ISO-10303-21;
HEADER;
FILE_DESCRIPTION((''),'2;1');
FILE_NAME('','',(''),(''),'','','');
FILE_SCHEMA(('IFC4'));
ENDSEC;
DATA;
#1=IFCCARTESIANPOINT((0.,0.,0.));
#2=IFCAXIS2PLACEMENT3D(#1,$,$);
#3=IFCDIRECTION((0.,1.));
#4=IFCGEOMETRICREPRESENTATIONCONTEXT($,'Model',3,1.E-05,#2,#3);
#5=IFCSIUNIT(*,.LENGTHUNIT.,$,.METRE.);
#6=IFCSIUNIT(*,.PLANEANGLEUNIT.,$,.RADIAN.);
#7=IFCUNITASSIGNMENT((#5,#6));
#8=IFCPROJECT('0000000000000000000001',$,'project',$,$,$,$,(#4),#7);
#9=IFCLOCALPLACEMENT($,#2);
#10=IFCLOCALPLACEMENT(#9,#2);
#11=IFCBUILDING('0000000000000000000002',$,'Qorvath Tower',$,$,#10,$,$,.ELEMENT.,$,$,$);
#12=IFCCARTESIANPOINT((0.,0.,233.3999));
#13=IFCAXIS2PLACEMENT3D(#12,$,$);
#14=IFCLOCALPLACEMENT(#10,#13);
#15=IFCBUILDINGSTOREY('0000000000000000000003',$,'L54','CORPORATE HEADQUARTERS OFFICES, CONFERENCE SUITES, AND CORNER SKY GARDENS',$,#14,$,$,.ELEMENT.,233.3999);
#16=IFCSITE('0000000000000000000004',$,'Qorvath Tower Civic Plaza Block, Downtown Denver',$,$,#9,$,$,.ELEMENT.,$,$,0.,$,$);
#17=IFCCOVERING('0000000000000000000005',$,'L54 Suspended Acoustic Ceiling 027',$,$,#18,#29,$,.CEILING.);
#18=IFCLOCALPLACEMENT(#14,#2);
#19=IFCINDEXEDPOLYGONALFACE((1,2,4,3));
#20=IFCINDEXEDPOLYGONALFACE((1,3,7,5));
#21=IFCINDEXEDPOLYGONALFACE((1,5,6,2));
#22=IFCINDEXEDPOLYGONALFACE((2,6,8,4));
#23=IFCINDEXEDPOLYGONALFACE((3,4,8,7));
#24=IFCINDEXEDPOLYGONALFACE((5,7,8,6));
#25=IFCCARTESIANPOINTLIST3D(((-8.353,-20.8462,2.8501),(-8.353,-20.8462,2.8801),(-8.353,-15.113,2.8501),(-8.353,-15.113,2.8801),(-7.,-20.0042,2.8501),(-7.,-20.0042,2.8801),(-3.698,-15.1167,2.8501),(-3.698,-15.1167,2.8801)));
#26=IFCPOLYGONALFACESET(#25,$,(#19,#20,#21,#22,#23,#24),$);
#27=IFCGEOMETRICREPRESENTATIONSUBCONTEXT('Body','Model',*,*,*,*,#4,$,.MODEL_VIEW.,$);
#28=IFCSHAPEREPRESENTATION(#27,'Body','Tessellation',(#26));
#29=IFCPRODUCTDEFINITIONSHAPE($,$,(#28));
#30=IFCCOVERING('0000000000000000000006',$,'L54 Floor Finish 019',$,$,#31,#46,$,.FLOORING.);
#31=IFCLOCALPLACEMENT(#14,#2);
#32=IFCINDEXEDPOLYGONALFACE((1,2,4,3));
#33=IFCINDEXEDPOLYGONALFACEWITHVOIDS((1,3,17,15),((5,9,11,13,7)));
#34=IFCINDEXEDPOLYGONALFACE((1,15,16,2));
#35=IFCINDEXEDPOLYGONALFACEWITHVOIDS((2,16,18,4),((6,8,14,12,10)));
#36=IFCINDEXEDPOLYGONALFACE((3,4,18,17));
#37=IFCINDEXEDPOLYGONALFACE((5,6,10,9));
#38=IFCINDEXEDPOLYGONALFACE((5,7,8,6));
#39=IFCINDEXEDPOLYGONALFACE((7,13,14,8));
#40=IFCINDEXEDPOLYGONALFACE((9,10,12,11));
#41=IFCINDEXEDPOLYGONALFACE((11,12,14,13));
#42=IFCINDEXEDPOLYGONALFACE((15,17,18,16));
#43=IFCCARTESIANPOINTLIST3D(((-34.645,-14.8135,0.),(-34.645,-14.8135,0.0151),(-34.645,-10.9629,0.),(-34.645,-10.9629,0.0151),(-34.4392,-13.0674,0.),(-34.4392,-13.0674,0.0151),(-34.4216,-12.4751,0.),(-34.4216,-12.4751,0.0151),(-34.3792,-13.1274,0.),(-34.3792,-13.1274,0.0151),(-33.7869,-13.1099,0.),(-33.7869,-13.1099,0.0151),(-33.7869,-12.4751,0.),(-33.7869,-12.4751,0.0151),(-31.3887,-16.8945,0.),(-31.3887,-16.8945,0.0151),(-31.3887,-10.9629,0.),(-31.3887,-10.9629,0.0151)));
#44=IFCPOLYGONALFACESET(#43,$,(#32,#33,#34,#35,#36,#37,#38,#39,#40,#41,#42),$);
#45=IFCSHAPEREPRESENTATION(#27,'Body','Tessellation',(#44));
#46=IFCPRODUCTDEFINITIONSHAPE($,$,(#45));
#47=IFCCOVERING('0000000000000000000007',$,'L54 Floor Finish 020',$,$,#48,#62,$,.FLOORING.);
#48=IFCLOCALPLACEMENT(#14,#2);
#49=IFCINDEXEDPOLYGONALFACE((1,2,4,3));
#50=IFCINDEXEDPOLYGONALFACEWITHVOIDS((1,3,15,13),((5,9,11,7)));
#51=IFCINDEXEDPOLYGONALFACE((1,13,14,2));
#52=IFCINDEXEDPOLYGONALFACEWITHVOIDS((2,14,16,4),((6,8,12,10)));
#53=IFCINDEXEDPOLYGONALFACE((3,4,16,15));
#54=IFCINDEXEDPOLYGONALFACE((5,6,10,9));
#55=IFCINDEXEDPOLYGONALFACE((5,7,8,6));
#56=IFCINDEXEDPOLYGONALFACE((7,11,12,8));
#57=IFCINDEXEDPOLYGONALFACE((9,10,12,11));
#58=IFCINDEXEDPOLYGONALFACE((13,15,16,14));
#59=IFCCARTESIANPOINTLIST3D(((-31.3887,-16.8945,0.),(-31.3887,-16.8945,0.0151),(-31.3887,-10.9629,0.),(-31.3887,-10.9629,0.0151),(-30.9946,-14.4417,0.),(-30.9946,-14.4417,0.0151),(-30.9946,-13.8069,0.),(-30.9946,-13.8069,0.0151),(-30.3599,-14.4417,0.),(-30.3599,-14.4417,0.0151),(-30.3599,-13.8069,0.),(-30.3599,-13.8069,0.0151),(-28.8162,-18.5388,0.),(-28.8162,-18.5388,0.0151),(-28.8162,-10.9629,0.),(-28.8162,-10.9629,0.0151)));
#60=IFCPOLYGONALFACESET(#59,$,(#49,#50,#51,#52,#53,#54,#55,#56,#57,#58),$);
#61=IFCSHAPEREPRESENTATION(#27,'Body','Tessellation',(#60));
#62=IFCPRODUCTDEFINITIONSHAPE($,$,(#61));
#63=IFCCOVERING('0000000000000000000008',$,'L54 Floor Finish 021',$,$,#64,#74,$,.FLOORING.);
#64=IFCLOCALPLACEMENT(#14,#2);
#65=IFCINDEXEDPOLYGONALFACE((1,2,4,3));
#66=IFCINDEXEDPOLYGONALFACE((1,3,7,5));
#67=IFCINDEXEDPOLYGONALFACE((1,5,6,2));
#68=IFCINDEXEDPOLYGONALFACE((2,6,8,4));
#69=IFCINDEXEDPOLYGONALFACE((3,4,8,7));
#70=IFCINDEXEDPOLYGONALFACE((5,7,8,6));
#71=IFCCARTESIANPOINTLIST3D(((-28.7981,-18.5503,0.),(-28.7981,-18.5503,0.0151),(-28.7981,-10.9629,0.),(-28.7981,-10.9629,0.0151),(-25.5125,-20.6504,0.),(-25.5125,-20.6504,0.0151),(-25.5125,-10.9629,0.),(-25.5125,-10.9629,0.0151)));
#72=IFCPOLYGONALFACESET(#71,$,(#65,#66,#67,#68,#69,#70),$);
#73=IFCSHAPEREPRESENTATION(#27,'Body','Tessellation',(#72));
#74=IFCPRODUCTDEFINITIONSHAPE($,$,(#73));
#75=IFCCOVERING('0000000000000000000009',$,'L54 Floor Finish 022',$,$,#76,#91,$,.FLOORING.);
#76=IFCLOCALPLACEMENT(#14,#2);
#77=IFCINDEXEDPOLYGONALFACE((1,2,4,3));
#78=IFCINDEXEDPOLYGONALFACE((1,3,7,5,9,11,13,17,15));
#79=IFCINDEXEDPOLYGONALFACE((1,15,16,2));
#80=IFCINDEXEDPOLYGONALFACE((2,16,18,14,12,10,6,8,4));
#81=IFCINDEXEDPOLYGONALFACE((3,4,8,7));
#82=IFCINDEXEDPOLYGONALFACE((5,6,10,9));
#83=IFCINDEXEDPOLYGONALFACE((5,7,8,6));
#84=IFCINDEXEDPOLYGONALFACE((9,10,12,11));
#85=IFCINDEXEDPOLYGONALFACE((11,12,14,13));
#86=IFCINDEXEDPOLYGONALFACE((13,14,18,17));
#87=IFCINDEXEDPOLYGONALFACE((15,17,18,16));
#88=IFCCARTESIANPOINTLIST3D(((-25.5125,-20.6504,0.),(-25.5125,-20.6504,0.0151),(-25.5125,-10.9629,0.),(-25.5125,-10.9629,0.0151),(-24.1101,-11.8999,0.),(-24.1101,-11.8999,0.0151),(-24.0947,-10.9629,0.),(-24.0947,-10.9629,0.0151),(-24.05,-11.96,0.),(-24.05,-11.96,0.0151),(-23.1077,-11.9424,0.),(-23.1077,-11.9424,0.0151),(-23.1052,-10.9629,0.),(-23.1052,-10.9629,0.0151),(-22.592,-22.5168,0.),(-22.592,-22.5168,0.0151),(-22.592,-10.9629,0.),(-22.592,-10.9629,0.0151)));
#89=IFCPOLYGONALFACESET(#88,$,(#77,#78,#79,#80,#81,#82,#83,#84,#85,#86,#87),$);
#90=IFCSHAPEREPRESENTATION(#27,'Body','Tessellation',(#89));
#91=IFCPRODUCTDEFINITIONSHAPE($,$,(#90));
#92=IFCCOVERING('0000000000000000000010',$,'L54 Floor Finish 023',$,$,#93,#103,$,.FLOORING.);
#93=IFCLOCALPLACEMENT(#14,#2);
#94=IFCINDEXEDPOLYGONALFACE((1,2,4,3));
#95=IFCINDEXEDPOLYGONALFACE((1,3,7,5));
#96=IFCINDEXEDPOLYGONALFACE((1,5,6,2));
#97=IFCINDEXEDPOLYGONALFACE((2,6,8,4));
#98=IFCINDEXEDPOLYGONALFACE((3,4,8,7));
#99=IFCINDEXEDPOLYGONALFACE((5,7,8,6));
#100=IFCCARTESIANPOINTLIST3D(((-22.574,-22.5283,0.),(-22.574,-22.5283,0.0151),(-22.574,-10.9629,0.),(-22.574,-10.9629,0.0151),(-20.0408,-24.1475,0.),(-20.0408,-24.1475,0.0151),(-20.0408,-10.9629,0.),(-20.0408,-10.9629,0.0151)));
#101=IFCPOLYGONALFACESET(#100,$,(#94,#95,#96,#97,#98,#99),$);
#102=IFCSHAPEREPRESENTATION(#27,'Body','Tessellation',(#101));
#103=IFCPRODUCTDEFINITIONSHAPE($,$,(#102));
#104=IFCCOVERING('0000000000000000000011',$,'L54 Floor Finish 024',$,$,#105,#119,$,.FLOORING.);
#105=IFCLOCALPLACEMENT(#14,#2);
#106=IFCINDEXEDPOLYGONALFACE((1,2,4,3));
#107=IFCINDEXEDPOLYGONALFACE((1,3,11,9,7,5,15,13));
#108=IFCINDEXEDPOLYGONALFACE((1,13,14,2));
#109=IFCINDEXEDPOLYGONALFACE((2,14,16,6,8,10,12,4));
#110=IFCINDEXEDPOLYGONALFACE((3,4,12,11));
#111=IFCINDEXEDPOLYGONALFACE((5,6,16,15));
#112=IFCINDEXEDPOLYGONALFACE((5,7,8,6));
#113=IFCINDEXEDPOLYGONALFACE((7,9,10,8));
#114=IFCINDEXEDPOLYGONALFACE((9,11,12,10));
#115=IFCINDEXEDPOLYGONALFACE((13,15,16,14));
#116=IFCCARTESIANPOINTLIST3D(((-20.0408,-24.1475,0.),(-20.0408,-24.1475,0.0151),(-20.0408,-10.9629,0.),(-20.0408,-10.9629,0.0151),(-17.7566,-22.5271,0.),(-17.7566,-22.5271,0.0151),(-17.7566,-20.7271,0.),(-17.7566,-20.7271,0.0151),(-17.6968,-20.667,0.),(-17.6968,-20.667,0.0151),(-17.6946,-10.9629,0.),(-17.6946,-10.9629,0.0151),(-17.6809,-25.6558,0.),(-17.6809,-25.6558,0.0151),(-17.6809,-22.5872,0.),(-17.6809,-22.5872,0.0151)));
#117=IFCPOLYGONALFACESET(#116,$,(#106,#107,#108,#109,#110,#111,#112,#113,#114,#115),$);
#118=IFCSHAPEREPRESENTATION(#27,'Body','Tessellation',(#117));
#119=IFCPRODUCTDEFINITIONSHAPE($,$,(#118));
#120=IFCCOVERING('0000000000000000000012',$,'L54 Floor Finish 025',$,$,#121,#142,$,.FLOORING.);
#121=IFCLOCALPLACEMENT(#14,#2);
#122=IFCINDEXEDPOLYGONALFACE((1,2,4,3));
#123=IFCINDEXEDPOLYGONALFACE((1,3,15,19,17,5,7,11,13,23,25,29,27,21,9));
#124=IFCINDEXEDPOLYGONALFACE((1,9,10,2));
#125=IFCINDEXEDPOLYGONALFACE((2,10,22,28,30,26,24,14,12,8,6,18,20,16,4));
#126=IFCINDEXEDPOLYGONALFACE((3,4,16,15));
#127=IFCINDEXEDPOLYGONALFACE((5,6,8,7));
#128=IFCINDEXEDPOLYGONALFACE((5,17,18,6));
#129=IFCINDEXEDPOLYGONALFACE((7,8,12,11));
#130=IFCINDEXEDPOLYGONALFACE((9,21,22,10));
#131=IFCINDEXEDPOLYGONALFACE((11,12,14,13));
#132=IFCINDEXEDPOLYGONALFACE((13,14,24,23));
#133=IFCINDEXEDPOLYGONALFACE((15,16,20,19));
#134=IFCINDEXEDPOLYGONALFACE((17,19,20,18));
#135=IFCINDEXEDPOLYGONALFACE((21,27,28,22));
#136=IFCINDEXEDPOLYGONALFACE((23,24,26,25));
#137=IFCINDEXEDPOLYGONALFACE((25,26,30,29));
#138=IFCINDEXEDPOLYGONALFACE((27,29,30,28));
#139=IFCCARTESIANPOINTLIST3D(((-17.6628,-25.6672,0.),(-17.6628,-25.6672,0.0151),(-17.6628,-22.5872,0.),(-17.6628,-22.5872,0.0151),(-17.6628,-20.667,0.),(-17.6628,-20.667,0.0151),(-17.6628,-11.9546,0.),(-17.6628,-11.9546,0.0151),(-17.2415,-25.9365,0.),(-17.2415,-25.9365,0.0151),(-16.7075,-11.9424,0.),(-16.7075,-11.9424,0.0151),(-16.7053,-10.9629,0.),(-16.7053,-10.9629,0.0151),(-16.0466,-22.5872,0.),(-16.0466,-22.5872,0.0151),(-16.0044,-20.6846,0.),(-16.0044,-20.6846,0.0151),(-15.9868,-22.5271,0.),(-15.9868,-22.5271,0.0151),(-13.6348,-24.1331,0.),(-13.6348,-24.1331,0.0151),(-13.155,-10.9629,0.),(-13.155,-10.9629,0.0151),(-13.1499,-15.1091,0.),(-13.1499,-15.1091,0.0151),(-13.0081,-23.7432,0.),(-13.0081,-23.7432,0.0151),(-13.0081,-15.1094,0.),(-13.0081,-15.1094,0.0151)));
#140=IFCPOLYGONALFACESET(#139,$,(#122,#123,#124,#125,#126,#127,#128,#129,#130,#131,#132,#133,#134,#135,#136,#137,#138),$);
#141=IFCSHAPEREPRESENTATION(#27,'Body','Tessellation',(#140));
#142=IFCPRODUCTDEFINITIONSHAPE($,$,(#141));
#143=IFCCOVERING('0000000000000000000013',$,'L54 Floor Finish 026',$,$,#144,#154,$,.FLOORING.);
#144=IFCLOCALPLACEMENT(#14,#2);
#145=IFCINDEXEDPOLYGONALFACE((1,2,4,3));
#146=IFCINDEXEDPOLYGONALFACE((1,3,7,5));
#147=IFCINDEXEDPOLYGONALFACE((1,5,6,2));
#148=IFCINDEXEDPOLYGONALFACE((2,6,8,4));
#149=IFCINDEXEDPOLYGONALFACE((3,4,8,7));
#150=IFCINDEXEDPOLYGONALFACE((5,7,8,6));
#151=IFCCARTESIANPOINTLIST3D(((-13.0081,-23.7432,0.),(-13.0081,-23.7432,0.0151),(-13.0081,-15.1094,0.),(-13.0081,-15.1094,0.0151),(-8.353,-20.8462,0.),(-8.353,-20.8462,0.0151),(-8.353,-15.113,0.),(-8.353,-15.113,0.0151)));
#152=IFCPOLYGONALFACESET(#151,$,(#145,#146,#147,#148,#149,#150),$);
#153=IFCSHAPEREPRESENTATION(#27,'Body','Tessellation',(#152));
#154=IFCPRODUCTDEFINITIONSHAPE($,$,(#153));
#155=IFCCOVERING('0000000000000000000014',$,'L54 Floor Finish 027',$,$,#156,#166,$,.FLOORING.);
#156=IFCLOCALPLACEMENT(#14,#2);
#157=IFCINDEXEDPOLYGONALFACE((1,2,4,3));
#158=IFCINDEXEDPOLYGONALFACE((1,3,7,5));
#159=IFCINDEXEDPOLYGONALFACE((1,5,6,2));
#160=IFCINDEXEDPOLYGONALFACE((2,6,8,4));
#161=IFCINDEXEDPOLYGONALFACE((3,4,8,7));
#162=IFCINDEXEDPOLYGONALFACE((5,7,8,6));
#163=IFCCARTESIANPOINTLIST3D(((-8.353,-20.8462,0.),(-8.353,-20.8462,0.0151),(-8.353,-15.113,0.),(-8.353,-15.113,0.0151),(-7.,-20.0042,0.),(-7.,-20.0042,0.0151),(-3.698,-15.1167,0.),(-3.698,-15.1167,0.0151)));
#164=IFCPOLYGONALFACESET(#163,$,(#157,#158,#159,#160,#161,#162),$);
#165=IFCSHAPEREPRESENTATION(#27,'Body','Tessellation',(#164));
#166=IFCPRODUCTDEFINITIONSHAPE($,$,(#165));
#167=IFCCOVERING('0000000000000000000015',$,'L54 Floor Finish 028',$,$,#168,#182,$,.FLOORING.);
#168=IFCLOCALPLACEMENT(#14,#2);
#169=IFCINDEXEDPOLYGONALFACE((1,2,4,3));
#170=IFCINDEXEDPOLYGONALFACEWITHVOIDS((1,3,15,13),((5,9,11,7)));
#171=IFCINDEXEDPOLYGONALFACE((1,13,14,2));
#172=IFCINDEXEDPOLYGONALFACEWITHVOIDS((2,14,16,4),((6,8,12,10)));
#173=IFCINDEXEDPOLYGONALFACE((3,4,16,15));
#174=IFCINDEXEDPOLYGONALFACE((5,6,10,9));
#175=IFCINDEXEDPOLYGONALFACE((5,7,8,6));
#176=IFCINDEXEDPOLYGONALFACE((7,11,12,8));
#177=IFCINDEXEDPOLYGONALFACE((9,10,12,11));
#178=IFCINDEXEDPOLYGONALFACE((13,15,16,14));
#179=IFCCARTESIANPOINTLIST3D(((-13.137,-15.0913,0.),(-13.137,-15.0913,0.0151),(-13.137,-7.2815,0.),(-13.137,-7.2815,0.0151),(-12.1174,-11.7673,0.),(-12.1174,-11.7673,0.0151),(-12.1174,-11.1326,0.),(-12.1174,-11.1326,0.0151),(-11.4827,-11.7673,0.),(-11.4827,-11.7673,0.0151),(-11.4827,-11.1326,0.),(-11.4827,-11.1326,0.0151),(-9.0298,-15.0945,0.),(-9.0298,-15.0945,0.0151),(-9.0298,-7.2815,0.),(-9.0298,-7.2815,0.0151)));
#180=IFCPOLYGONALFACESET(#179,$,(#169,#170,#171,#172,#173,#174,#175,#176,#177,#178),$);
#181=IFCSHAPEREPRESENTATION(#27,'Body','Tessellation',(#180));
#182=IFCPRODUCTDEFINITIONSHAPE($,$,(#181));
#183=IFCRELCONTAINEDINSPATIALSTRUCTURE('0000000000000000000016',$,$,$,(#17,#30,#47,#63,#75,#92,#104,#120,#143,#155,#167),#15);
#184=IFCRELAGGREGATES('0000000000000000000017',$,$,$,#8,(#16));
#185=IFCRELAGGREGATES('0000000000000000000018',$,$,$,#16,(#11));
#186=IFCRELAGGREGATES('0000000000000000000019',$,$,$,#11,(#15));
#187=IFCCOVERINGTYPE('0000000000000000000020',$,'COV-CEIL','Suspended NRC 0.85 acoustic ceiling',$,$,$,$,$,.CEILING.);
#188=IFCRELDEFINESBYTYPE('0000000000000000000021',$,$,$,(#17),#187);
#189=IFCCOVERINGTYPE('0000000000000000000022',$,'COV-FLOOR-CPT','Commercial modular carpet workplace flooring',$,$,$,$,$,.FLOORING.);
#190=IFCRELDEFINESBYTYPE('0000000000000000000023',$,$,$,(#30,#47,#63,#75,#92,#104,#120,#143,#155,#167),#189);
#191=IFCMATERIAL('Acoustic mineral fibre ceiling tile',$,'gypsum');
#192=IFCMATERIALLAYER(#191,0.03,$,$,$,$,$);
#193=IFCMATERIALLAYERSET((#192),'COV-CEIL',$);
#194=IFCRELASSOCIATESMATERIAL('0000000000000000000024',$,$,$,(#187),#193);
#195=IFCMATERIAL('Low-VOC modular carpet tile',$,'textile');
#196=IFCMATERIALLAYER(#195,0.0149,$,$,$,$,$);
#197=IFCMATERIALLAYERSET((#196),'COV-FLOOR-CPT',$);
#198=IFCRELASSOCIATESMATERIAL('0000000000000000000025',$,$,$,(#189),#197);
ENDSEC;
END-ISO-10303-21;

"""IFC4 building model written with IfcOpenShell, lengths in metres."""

from ifc_helpers import new_model, si_unit, direction, frame, origin, place, context, subcontext, project, spatial, polyline, outline, extrude, material, layer, layer_set, type_object, element, save


model = new_model("IFC4")

# Units and contexts
model_context = context("Model", 3, precision=1e-05, world=origin(), true_north=direction((0.0, 1.0)))
body_context = subcontext(model_context, "Body", "Model", "MODEL_VIEW")
ifc_project = project(units=[si_unit("LENGTHUNIT", "METRE"), si_unit("PLANEANGLEUNIT", "RADIAN")], contexts=[model_context])

# Site, building, storey
site_placement = place(None, origin())
site = spatial("IfcSite", under=ifc_project, at=site_placement, Name="Qorvath Tower Civic Plaza Block, Downtown Denver", CompositionType="ELEMENT", RefElevation=0.0)
building_placement = place(site_placement, origin())
building = spatial("IfcBuilding", under=site, at=building_placement, Name="Qorvath Tower", CompositionType="ELEMENT")
storey_placement = place(building_placement, frame((0.0, 0.0, 233.3999)))
storey = spatial("IfcBuildingStorey", under=building, at=storey_placement, Name="L54", Description="CORPORATE HEADQUARTERS OFFICES, CONFERENCE SUITES, AND CORNER SKY GARDENS", CompositionType="ELEMENT", Elevation=233.3999)

# Coverings
ifc_material_1 = material(Name="Acoustic mineral fibre ceiling tile", Category="gypsum")
ifc_layer_1 = layer(ifc_material_1, 0.03)
ifc_layer_set_1 = layer_set([ifc_layer_1], Name="COV-CEIL")
covering_type_1 = type_object("IfcCoveringType", Name="COV-CEIL", Description="Suspended NRC 0.85 acoustic ceiling", PredefinedType="CEILING", material=ifc_layer_set_1)
covering_1_placement = place(storey_placement, frame((0.0, 0.0, 2.8501)))
element("IfcCovering", 1, at=covering_1_placement, inside=storey, type_object=covering_type_1, Name="L54 Suspended Acoustic Ceiling 027", PredefinedType="CEILING", context=body_context, shape_type="SweptSolid", body=[
    extrude(outline(polyline([(-8.353, -15.113), (-8.353, -20.8462), (-7.0, -20.0042), (-3.698, -15.1167), (-8.353, -15.113)])), origin(), (0.0, 0.0, 1.0), 0.03),
])
ifc_material_2 = material(Name="Low-VOC modular carpet tile", Category="textile")
ifc_layer_2 = layer(ifc_material_2, 0.0149)
ifc_layer_set_2 = layer_set([ifc_layer_2], Name="COV-FLOOR-CPT")
covering_type_2 = type_object("IfcCoveringType", Name="COV-FLOOR-CPT", Description="Commercial modular carpet workplace flooring", PredefinedType="FLOORING", material=ifc_layer_set_2)
covering_2_placement = place(storey_placement, origin())
element("IfcCovering", 2, at=covering_2_placement, inside=storey, type_object=covering_type_2, Name="L54 Floor Finish 019", PredefinedType="FLOORING", context=body_context, shape_type="SweptSolid", body=[
    extrude(outline(polyline([(-34.645, -10.9629), (-34.645, -14.8135), (-31.3887, -16.8945), (-31.3887, -10.9629), (-34.645, -10.9629)]), holes=[polyline([(-34.4392, -13.0674), (-34.4216, -12.4751), (-33.7869, -12.4751), (-33.7869, -13.1099), (-34.3792, -13.1274), (-34.4392, -13.0674)])]), origin(), (0.0, 0.0, 1.0), 0.0151),
])
covering_3_placement = place(storey_placement, origin())
element("IfcCovering", 3, at=covering_3_placement, inside=storey, type_object=covering_type_2, Name="L54 Floor Finish 020", PredefinedType="FLOORING", context=body_context, shape_type="SweptSolid", body=[
    extrude(outline(polyline([(-31.3887, -10.9629), (-31.3887, -16.8945), (-28.8162, -18.5388), (-28.8162, -10.9629), (-31.3887, -10.9629)]), holes=[polyline([(-30.9946, -14.4417), (-30.9946, -13.8069), (-30.3599, -13.8069), (-30.3599, -14.4417), (-30.9946, -14.4417)])]), origin(), (0.0, 0.0, 1.0), 0.0151),
])
covering_4_placement = place(storey_placement, origin())
element("IfcCovering", 4, at=covering_4_placement, inside=storey, type_object=covering_type_2, Name="L54 Floor Finish 021", PredefinedType="FLOORING", context=body_context, shape_type="SweptSolid", body=[
    extrude(outline(polyline([(-28.7981, -10.9629), (-28.7981, -18.5503), (-25.5125, -20.6504), (-25.5125, -10.9629), (-28.7981, -10.9629)])), origin(), (0.0, 0.0, 1.0), 0.0151),
])
covering_5_placement = place(storey_placement, origin())
element("IfcCovering", 5, at=covering_5_placement, inside=storey, type_object=covering_type_2, Name="L54 Floor Finish 022", PredefinedType="FLOORING", context=body_context, shape_type="SweptSolid", body=[
    extrude(outline(polyline([(-25.5125, -10.9629), (-25.5125, -20.6504), (-22.592, -22.5168), (-22.592, -10.9629), (-23.1052, -10.9629), (-23.1077, -11.9424), (-24.05, -11.96), (-24.1101, -11.8999), (-24.0947, -10.9629), (-25.5125, -10.9629)])), origin(), (0.0, 0.0, 1.0), 0.0151),
])
covering_6_placement = place(storey_placement, origin())
element("IfcCovering", 6, at=covering_6_placement, inside=storey, type_object=covering_type_2, Name="L54 Floor Finish 023", PredefinedType="FLOORING", context=body_context, shape_type="SweptSolid", body=[
    extrude(outline(polyline([(-20.0408, -24.1475), (-20.0408, -10.9629), (-22.574, -10.9629), (-22.574, -22.5283), (-20.0408, -24.1475)])), origin(), (0.0, 0.0, 1.0), 0.0151),
])
covering_7_placement = place(storey_placement, origin())
element("IfcCovering", 7, at=covering_7_placement, inside=storey, type_object=covering_type_2, Name="L54 Floor Finish 024", PredefinedType="FLOORING", context=body_context, shape_type="SweptSolid", body=[
    extrude(outline(polyline([(-17.6968, -20.667), (-17.6946, -10.9629), (-20.0408, -10.9629), (-20.0408, -24.1475), (-17.6809, -25.6558), (-17.6809, -22.5872), (-17.7566, -22.5271), (-17.7566, -20.7271), (-17.6968, -20.667)])), origin(), (0.0, 0.0, 1.0), 0.0151),
])
covering_8_placement = place(storey_placement, origin())
element("IfcCovering", 8, at=covering_8_placement, inside=storey, type_object=covering_type_2, Name="L54 Floor Finish 025", PredefinedType="FLOORING", context=body_context, shape_type="SweptSolid", body=[
    extrude(outline(polyline([(-17.2415, -25.9365), (-13.6348, -24.1331), (-13.0081, -23.7432), (-13.0081, -15.1094), (-13.1499, -15.1091), (-13.155, -10.9629), (-16.7053, -10.9629), (-16.7075, -11.9424), (-17.6628, -11.9546), (-17.6628, -20.667), (-16.0044, -20.6846), (-15.9868, -22.5271), (-16.0466, -22.5872), (-17.6628, -22.5872), (-17.6628, -25.6672), (-17.2415, -25.9365)])), origin(), (0.0, 0.0, 1.0), 0.0151),
])
covering_9_placement = place(storey_placement, origin())
element("IfcCovering", 9, at=covering_9_placement, inside=storey, type_object=covering_type_2, Name="L54 Floor Finish 026", PredefinedType="FLOORING", context=body_context, shape_type="SweptSolid", body=[
    extrude(outline(polyline([(-13.0081, -15.1094), (-13.0081, -23.7432), (-8.353, -20.8462), (-8.353, -15.113), (-13.0081, -15.1094)])), origin(), (0.0, 0.0, 1.0), 0.0151),
])
covering_10_placement = place(storey_placement, origin())
element("IfcCovering", 10, at=covering_10_placement, inside=storey, type_object=covering_type_2, Name="L54 Floor Finish 027", PredefinedType="FLOORING", context=body_context, shape_type="SweptSolid", body=[
    extrude(outline(polyline([(-8.353, -15.113), (-8.353, -20.8462), (-7.0, -20.0042), (-3.698, -15.1167), (-8.353, -15.113)])), origin(), (0.0, 0.0, 1.0), 0.0151),
])
covering_11_placement = place(storey_placement, origin())
element("IfcCovering", 11, at=covering_11_placement, inside=storey, type_object=covering_type_2, Name="L54 Floor Finish 028", PredefinedType="FLOORING", context=body_context, shape_type="SweptSolid", body=[
    extrude(outline(polyline([(-13.137, -7.2815), (-13.137, -15.0913), (-9.0298, -15.0945), (-9.0298, -7.2815), (-13.137, -7.2815)]), holes=[polyline([(-12.1174, -11.7673), (-12.1174, -11.1326), (-11.4827, -11.1326), (-11.4827, -11.7673), (-12.1174, -11.7673)])]), origin(), (0.0, 0.0, 1.0), 0.0151),
])

save(model, "model.ifc")
